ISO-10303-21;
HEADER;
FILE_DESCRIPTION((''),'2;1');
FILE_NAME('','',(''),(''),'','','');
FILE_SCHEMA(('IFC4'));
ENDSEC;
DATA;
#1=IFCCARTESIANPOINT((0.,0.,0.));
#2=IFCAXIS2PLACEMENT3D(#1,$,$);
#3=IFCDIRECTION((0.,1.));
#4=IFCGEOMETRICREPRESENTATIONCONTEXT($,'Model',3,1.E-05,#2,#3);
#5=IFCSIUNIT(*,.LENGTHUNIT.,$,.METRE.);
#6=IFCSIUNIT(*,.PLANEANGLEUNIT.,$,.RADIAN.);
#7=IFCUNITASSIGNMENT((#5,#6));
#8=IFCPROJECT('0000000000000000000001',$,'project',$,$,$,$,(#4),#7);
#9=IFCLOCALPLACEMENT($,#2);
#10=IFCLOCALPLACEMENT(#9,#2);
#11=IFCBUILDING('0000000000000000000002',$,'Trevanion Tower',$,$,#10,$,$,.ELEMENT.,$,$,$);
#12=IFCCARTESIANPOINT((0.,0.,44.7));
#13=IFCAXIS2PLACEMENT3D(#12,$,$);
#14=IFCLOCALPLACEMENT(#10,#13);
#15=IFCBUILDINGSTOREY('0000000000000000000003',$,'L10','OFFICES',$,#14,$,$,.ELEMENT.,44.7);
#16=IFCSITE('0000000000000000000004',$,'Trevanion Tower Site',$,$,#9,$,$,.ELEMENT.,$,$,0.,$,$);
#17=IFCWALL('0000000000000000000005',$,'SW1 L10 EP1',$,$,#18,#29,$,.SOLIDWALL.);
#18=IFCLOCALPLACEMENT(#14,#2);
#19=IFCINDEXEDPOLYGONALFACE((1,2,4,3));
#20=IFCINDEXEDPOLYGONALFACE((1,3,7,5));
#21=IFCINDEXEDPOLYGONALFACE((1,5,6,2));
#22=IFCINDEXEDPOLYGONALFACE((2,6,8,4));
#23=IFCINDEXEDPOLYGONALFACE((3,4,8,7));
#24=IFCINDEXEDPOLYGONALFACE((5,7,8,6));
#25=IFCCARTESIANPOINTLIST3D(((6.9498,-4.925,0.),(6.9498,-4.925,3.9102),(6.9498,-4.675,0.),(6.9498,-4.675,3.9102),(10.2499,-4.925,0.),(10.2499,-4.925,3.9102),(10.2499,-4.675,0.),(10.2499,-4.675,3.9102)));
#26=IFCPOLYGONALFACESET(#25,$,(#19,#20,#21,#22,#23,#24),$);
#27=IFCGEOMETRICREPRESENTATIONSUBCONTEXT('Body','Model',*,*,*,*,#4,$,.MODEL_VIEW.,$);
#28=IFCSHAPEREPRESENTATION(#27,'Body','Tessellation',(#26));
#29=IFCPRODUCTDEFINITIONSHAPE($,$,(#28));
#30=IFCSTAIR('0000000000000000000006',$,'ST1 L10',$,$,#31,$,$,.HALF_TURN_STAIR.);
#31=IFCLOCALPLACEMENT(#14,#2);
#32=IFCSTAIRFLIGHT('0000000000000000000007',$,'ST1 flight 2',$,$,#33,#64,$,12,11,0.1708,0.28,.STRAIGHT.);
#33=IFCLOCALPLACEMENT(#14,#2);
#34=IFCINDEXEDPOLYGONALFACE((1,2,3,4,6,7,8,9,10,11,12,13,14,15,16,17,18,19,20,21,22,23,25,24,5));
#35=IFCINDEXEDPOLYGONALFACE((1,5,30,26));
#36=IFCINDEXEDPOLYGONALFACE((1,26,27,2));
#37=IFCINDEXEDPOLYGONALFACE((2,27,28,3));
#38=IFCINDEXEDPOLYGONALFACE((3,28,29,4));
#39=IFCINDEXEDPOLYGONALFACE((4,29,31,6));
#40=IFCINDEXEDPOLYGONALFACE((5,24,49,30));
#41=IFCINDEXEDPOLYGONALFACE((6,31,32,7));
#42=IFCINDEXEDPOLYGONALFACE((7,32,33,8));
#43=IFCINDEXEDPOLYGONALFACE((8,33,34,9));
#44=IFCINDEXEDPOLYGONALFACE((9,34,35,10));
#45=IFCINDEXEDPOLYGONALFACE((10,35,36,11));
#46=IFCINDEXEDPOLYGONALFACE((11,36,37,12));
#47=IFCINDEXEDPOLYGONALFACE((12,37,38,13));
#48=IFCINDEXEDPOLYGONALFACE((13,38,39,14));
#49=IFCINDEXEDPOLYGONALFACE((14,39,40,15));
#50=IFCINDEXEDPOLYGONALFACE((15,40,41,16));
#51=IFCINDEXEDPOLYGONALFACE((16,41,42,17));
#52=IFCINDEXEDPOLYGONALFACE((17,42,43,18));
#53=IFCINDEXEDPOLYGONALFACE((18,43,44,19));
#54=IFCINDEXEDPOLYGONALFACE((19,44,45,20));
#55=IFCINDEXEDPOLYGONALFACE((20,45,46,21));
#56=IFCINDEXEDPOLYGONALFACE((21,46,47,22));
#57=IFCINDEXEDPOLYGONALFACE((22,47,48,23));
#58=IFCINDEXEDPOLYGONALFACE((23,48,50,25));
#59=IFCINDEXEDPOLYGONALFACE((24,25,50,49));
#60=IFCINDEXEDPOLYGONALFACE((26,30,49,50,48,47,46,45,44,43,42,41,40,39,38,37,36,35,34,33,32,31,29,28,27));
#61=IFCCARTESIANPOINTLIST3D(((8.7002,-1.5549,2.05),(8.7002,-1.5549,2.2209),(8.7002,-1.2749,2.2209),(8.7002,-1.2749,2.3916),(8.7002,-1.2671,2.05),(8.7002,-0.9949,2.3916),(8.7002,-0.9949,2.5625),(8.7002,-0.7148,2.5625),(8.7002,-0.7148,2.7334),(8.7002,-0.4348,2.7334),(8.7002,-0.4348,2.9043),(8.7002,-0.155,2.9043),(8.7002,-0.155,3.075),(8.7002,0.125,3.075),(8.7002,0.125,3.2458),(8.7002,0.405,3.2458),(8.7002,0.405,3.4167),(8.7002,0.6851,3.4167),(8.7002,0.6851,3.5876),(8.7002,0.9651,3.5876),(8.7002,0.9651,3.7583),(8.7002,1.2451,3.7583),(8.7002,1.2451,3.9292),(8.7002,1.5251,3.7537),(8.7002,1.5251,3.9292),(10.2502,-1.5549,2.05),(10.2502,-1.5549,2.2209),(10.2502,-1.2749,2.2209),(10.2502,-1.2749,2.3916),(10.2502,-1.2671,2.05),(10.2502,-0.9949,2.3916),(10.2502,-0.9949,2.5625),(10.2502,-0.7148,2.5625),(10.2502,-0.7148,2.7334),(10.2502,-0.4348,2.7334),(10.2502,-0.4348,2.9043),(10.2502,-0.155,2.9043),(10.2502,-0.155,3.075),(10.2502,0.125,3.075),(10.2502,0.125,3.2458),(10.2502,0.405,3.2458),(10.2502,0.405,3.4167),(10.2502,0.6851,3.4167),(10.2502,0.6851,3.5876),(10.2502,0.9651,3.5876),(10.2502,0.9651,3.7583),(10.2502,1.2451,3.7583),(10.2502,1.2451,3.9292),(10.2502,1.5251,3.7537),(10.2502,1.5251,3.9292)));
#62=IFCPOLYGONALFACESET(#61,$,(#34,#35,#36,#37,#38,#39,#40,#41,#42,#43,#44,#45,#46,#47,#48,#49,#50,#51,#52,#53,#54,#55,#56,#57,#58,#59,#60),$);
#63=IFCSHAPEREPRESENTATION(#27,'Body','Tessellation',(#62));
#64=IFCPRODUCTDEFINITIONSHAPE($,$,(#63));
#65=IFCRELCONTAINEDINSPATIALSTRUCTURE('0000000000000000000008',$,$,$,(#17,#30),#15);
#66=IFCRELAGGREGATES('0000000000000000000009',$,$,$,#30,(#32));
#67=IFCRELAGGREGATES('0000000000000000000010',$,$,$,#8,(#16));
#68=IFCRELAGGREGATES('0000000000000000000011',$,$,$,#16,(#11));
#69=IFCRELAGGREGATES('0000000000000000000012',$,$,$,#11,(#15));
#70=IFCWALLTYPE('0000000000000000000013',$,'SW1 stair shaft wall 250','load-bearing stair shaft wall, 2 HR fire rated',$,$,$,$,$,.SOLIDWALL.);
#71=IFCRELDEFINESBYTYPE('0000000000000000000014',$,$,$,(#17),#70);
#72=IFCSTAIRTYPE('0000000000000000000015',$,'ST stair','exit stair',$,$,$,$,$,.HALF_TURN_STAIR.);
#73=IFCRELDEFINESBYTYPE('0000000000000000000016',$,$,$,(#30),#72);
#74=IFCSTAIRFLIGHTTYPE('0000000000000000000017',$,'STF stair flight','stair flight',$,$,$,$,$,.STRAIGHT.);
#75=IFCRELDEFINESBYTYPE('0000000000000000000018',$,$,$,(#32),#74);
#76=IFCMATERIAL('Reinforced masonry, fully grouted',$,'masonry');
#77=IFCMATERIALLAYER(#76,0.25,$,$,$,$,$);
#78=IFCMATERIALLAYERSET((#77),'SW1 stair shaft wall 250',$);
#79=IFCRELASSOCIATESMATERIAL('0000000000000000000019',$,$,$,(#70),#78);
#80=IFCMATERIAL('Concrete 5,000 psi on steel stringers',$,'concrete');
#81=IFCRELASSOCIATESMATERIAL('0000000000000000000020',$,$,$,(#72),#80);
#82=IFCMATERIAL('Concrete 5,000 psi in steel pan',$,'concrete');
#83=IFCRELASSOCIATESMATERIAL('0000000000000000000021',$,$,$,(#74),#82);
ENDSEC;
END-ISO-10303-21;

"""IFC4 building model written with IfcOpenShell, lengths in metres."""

from ifc_helpers import new_model, si_unit, direction, frame, frame_2d, origin, place, context, subcontext, project, spatial, polyline, rectangle, outline, extrude, material, layer, layer_set, type_object, element, aggregate, save


model = new_model("IFC4")

# Units and contexts
model_context = context("Model", 3, precision=1e-05, world=origin(), true_north=direction((0.0, 1.0)))
body_context = subcontext(model_context, "Body", "Model", "MODEL_VIEW")
ifc_project = project(units=[si_unit("LENGTHUNIT", "METRE"), si_unit("PLANEANGLEUNIT", "RADIAN")], contexts=[model_context])

# Site, building, storey
site_placement = place(None, origin())
site = spatial("IfcSite", under=ifc_project, at=site_placement, Name="Trevanion Tower Site", CompositionType="ELEMENT", RefElevation=0.0)
building_placement = place(site_placement, origin())
building = spatial("IfcBuilding", under=site, at=building_placement, Name="Trevanion Tower", CompositionType="ELEMENT")
storey_placement = place(building_placement, frame((0.0, 0.0, 44.7)))
storey = spatial("IfcBuildingStorey", under=building, at=storey_placement, Name="L10", Description="OFFICES", CompositionType="ELEMENT", Elevation=44.7)

# Wall
ifc_material_1 = material(Name="Reinforced masonry, fully grouted", Category="masonry")
ifc_layer_1 = layer(ifc_material_1, 0.25)
ifc_layer_set_1 = layer_set([ifc_layer_1], Name="SW1 stair shaft wall 250")
wall_type_1 = type_object("IfcWallType", Name="SW1 stair shaft wall 250", Description="load-bearing stair shaft wall, 2 HR fire rated", PredefinedType="SOLIDWALL", material=ifc_layer_set_1)
wall_1_placement = place(storey_placement, frame((6.95, -4.8, 0.0), z_axis=(0.0, 0.0, 1.0), x_axis=(1.0, 0.0, 0.0)))
element("IfcWall", 1, at=wall_1_placement, inside=storey, type_object=wall_type_1, Name="SW1 L10 EP1", PredefinedType="SOLIDWALL", context=body_context, shape_type="SweptSolid", body=[
    extrude(rectangle(XDim=3.3, YDim=0.25, at=frame_2d((1.6499, 0.0))), origin(), (0.0, 0.0, 1.0), 3.9102),
])

# Stair, stair flight
ifc_material_2 = material(Name="Concrete 5,000 psi on steel stringers", Category="concrete")
stair_type = type_object("IfcStairType", Name="ST stair", Description="exit stair", PredefinedType="HALF_TURN_STAIR", material=ifc_material_2)
stair_placement = place(storey_placement, origin())
stair = element("IfcStair", 2, at=stair_placement, inside=storey, type_object=stair_type, Name="ST1 L10", PredefinedType="HALF_TURN_STAIR")
ifc_material_3 = material(Name="Concrete 5,000 psi in steel pan", Category="concrete")
stair_flight_type = type_object("IfcStairFlightType", Name="STF stair flight", Description="stair flight", PredefinedType="STRAIGHT", material=ifc_material_3)
stair_flight_placement = place(storey_placement, frame((9.4751, -1.5549, 2.05), z_axis=(0.0, 0.0, 1.0), x_axis=(0.0, 1.0, 0.0)))
stair_flight = element("IfcStairFlight", 3, at=stair_flight_placement, type_object=stair_flight_type, Name="ST1 flight 2", NumberOfRisers=12, NumberOfTreads=11, PredefinedType="STRAIGHT", RiserHeight=0.1708, TreadLength=0.28, context=body_context, shape_type="SweptSolid", body=[
    extrude(outline(polyline([(0.0, 0.0), (0.0, 0.1709), (0.28, 0.1709), (0.28, 0.3416), (0.5601, 0.3416), (0.5601, 0.5125), (0.8401, 0.5125), (0.8401, 0.6833), (1.1201, 0.6833), (1.1201, 0.8542), (1.3999, 0.8542), (1.3999, 1.0249), (1.6799, 1.0249), (1.6799, 1.1958), (1.96, 1.1958), (1.96, 1.3667), (2.24, 1.3667), (2.24, 1.5376), (2.52, 1.5376), (2.52, 1.7083), (2.8, 1.7083), (2.8, 1.8792), (3.0801, 1.8792), (3.0801, 2.05), (3.0801, 1.7036), (0.2878, 0.0), (0.0, 0.0)])), frame((0.0, 0.7749, 0.0), z_axis=(0.0, -1.0, 0.0), x_axis=(1.0, 0.0, 0.0)), (0.0, 0.0, 1.0), 1.55),
])
aggregate(stair, [stair_flight])

save(model, "model.ifc")
